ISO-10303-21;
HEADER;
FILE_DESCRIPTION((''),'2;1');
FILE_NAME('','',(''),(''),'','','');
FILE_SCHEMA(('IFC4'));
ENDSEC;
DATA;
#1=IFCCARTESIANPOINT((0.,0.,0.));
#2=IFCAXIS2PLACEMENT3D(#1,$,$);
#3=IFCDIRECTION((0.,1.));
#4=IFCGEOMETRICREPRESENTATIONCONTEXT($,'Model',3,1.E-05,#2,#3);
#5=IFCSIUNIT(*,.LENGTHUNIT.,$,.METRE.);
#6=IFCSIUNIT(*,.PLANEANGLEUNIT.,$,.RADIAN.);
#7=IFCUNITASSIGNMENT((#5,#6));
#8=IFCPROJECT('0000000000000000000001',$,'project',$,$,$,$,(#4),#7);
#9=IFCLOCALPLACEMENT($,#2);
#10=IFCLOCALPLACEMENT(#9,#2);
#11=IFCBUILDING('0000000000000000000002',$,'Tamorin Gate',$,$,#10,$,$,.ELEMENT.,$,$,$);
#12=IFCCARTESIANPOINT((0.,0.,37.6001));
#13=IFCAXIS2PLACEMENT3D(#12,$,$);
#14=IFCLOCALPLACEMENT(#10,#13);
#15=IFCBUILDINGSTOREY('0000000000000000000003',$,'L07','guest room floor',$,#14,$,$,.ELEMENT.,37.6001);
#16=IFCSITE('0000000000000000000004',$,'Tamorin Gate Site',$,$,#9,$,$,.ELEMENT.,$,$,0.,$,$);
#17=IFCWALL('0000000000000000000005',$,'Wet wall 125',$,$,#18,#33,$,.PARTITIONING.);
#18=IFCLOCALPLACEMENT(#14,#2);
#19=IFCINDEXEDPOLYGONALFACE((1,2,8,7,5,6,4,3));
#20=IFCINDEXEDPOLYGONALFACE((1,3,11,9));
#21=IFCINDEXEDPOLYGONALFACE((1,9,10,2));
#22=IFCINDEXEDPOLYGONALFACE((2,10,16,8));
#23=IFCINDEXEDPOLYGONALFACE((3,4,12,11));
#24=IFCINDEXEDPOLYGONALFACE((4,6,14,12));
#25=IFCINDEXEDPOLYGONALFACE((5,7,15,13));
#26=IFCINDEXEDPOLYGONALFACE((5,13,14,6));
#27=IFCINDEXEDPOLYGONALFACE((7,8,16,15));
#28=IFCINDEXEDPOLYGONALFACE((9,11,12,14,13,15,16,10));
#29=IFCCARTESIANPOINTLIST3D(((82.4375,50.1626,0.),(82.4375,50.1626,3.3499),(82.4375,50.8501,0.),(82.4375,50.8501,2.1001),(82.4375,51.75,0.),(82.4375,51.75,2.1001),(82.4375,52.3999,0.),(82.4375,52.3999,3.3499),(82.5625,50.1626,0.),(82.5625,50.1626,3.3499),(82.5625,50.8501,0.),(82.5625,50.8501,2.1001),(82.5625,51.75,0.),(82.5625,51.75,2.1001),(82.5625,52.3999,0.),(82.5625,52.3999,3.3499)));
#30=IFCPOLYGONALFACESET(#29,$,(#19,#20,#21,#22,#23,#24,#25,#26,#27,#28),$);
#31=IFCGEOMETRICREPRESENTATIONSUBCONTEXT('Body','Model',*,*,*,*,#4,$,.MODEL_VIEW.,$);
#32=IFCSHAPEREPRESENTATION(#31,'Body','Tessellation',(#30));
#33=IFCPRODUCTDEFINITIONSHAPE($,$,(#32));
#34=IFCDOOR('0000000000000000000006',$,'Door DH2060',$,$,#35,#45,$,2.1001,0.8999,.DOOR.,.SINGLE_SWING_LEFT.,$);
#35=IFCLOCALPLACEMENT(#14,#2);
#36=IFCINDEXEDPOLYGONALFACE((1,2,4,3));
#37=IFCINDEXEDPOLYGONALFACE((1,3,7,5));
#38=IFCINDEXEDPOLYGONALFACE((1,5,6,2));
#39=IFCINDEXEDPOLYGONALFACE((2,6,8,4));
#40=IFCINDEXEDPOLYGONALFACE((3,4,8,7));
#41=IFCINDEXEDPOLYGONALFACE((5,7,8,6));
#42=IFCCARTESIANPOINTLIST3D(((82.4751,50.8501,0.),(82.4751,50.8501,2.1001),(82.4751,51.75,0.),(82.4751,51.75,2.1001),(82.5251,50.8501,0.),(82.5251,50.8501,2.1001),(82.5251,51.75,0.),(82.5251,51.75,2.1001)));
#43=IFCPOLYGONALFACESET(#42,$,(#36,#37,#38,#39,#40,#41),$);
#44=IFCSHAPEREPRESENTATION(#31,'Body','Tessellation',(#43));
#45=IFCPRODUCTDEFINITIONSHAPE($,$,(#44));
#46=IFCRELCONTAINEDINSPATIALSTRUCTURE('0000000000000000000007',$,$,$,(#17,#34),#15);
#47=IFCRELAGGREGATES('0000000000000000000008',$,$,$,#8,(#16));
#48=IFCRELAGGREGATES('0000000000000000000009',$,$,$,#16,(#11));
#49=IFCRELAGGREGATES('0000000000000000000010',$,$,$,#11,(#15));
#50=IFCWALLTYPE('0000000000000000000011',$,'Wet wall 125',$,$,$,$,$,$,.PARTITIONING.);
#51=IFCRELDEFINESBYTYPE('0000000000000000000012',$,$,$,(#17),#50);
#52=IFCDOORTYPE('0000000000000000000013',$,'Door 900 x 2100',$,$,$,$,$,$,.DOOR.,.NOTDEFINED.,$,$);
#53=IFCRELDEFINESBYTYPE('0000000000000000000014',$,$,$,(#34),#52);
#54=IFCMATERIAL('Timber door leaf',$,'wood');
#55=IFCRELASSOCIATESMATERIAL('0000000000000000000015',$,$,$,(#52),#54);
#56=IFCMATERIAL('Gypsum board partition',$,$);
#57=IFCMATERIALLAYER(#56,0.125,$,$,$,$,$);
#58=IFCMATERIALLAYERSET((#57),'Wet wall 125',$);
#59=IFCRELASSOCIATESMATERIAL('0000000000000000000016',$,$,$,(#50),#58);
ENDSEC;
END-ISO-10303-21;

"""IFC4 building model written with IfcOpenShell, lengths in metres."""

from ifc_helpers import new_model, si_unit, direction, frame, frame_2d, origin, place, context, subcontext, project, spatial, rectangle, extrude, material, layer, layer_set, type_object, element, fill, save


model = new_model("IFC4")

# Units and contexts
model_context = context("Model", 3, precision=1e-05, world=origin(), true_north=direction((0.0, 1.0)))
body_context = subcontext(model_context, "Body", "Model", "MODEL_VIEW")
ifc_project = project(units=[si_unit("LENGTHUNIT", "METRE"), si_unit("PLANEANGLEUNIT", "RADIAN")], contexts=[model_context])

# Site, building, storey
site_placement = place(None, origin())
site = spatial("IfcSite", under=ifc_project, at=site_placement, Name="Tamorin Gate Site", CompositionType="ELEMENT", RefElevation=0.0)
building_placement = place(site_placement, origin())
building = spatial("IfcBuilding", under=site, at=building_placement, Name="Tamorin Gate", CompositionType="ELEMENT")
storey_placement = place(building_placement, frame((0.0, 0.0, 37.6001)))
storey = spatial("IfcBuildingStorey", under=building, at=storey_placement, Name="L07", Description="guest room floor", CompositionType="ELEMENT", Elevation=37.6001)

# Wall, opening, door
ifc_material_1 = material(Name="Gypsum board partition")
ifc_material_2 = material(Name="Timber door leaf", Category="wood")
door_type = type_object("IfcDoorType", Name="Door 900 x 2100", OperationType="NOTDEFINED", PredefinedType="DOOR", material=ifc_material_2)
ifc_layer_1 = layer(ifc_material_1, 0.125)
ifc_layer_set_1 = layer_set([ifc_layer_1], Name="Wet wall 125")
wall_type_1 = type_object("IfcWallType", Name="Wet wall 125", PredefinedType="PARTITIONING", material=ifc_layer_set_1)
wall_1_placement = place(storey_placement, frame((82.5, 50.1626, 0.0), z_axis=(0.0, 0.0, 1.0), x_axis=(0.0, 1.0, 0.0)))
wall_1 = element("IfcWall", 1, at=wall_1_placement, inside=storey, type_object=wall_type_1, Name="Wet wall 125", PredefinedType="PARTITIONING", context=body_context, shape_type="SweptSolid", body=[
    extrude(rectangle(XDim=2.2373, YDim=0.125, at=frame_2d((1.1187, 0.0))), origin(), (0.0, 0.0, 1.0), 3.3499),
])
opening_1_placement = place(wall_1_placement, frame((0.6875, 0.0, 0.0)))
opening_1 = element("IfcOpeningElement", 2, at=opening_1_placement, cuts=wall_1, PredefinedType="OPENING", context=body_context, shape_type="SweptSolid", body=[
    extrude(rectangle(XDim=0.8999, YDim=2.1001, at=frame_2d((0.45, 1.05))), frame((0.0, 0.0725, 0.0), z_axis=(0.0, -1.0, 0.0), x_axis=(1.0, 0.0, 0.0)), (0.0, 0.0, 1.0), 0.145),
])
door_1_placement = place(opening_1_placement, origin())
door_1 = element("IfcDoor", 3, at=door_1_placement, inside=storey, type_object=door_type, Name="Door DH2060", OperationType="SINGLE_SWING_LEFT", OverallHeight=2.1001, OverallWidth=0.8999, PredefinedType="DOOR", context=body_context, shape_type="SweptSolid", body=[
    extrude(rectangle(XDim=0.8999, YDim=2.1001, at=frame_2d((0.45, 1.05))), frame((0.0, 0.0249, 0.0), z_axis=(0.0, -1.0, 0.0), x_axis=(1.0, 0.0, 0.0)), (0.0, 0.0, 1.0), 0.05),
])
fill(opening_1, door_1)

save(model, "model.ifc")
